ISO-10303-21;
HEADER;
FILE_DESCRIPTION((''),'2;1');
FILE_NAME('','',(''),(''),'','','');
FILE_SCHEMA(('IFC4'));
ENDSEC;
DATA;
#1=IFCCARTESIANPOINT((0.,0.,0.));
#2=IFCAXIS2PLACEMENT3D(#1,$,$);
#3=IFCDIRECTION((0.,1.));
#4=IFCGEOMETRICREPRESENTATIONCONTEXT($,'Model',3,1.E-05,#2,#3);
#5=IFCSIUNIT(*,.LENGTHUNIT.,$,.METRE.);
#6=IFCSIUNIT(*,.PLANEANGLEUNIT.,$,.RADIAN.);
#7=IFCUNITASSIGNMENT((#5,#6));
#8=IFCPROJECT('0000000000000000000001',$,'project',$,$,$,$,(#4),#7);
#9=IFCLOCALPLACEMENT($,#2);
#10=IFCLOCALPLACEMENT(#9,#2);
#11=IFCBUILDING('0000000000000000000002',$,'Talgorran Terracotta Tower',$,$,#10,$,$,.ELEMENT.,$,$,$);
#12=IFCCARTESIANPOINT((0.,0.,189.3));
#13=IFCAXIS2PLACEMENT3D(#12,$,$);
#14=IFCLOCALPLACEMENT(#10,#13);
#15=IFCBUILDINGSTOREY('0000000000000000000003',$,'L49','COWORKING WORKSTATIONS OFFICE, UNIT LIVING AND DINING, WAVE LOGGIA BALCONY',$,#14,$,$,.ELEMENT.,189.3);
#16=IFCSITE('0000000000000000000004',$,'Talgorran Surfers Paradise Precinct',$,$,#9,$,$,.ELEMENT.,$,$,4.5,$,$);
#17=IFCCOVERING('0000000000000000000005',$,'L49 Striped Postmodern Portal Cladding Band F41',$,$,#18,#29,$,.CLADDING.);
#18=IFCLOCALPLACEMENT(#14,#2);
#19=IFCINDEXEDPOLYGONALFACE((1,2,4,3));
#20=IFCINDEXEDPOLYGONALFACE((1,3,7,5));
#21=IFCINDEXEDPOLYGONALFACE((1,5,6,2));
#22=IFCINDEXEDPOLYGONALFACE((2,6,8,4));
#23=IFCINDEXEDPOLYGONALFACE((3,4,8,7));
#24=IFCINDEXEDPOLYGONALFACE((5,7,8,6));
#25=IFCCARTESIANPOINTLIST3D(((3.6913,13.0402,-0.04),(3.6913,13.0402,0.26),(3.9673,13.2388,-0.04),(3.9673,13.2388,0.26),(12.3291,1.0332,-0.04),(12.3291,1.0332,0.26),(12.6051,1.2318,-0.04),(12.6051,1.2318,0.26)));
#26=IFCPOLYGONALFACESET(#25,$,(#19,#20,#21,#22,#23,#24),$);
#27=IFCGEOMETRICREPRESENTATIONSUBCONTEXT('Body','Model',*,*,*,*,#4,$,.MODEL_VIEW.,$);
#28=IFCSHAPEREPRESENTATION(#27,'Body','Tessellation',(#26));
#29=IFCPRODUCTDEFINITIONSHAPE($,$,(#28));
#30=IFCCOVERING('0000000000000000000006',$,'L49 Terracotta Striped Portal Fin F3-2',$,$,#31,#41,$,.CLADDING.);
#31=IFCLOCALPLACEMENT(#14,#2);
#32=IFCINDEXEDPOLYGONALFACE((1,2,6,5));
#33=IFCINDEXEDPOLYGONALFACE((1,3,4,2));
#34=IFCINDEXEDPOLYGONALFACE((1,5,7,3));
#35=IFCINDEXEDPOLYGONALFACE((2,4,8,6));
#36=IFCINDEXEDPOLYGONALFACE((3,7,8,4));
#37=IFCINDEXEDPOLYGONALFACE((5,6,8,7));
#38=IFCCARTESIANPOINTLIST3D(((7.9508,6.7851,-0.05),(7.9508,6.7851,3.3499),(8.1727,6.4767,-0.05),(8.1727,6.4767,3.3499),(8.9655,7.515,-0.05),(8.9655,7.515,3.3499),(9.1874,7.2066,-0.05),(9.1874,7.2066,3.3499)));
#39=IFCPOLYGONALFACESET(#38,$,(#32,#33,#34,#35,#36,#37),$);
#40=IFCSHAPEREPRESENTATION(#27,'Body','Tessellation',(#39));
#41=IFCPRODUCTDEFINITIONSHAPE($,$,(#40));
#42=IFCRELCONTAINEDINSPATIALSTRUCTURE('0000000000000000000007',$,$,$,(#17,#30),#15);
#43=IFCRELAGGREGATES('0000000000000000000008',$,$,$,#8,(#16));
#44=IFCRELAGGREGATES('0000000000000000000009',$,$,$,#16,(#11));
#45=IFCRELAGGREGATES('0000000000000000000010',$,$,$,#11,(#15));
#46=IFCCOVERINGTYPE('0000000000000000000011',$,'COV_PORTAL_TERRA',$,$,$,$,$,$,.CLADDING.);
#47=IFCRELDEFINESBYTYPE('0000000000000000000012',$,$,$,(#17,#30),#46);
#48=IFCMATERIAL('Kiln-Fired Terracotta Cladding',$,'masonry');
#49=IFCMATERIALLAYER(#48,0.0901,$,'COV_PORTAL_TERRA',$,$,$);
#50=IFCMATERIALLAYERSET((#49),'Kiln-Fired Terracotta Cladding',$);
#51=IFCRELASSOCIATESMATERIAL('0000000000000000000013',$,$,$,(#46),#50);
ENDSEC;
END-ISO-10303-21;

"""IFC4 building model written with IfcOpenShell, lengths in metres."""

from ifc_helpers import new_model, si_unit, direction, frame, origin, origin_2d, place, context, subcontext, project, spatial, rectangle, extrude, material, layer, layer_set, type_object, element, save


model = new_model("IFC4")

# Units and contexts
model_context = context("Model", 3, precision=1e-05, world=origin(), true_north=direction((0.0, 1.0)))
body_context = subcontext(model_context, "Body", "Model", "MODEL_VIEW")
ifc_project = project(units=[si_unit("LENGTHUNIT", "METRE"), si_unit("PLANEANGLEUNIT", "RADIAN")], contexts=[model_context])

# Site, building, storey
site_placement = place(None, origin())
site = spatial("IfcSite", under=ifc_project, at=site_placement, Name="Talgorran Surfers Paradise Precinct", CompositionType="ELEMENT", RefElevation=4.5)
building_placement = place(site_placement, origin())
building = spatial("IfcBuilding", under=site, at=building_placement, Name="Talgorran Terracotta Tower", CompositionType="ELEMENT")
storey_placement = place(building_placement, frame((0.0, 0.0, 189.3)))
storey = spatial("IfcBuildingStorey", under=building, at=storey_placement, Name="L49", Description="COWORKING WORKSTATIONS OFFICE, UNIT LIVING AND DINING, WAVE LOGGIA BALCONY", CompositionType="ELEMENT", Elevation=189.3)

# Coverings
ifc_material_1 = material(Name="Kiln-Fired Terracotta Cladding", Category="masonry")
ifc_layer_1 = layer(ifc_material_1, 0.0901, Name="COV_PORTAL_TERRA")
ifc_layer_set_1 = layer_set([ifc_layer_1], Name="Kiln-Fired Terracotta Cladding")
covering_type_1 = type_object("IfcCoveringType", Name="COV_PORTAL_TERRA", PredefinedType="CLADDING", material=ifc_layer_set_1)
covering_1_placement = place(storey_placement, frame((8.1482, 7.136, -0.04), z_axis=(0.0, 0.0, 1.0), x_axis=(-0.583981, 0.811768, 0.0)))
element("IfcCovering", 1, at=covering_1_placement, inside=storey, type_object=covering_type_1, Name="L49 Striped Postmodern Portal Cladding Band F41", PredefinedType="CLADDING", context=body_context, shape_type="SweptSolid", body=[
    extrude(rectangle(XDim=14.7913, YDim=0.3401, at=origin_2d()), origin(), (0.0, 0.0, 1.0), 0.3),
])
covering_2_placement = place(storey_placement, frame((8.5691, 6.9958, -0.05), z_axis=(0.0, 0.0, 1.0), x_axis=(-0.583981, 0.811768, 0.0)))
element("IfcCovering", 2, at=covering_2_placement, inside=storey, type_object=covering_type_1, Name="L49 Terracotta Striped Portal Fin F3-2", PredefinedType="CLADDING", context=body_context, shape_type="SweptSolid", body=[
    extrude(rectangle(XDim=0.3799, YDim=1.25, at=origin_2d()), origin(), (0.0, 0.0, 1.0), 3.3999),
])

save(model, "model.ifc")
